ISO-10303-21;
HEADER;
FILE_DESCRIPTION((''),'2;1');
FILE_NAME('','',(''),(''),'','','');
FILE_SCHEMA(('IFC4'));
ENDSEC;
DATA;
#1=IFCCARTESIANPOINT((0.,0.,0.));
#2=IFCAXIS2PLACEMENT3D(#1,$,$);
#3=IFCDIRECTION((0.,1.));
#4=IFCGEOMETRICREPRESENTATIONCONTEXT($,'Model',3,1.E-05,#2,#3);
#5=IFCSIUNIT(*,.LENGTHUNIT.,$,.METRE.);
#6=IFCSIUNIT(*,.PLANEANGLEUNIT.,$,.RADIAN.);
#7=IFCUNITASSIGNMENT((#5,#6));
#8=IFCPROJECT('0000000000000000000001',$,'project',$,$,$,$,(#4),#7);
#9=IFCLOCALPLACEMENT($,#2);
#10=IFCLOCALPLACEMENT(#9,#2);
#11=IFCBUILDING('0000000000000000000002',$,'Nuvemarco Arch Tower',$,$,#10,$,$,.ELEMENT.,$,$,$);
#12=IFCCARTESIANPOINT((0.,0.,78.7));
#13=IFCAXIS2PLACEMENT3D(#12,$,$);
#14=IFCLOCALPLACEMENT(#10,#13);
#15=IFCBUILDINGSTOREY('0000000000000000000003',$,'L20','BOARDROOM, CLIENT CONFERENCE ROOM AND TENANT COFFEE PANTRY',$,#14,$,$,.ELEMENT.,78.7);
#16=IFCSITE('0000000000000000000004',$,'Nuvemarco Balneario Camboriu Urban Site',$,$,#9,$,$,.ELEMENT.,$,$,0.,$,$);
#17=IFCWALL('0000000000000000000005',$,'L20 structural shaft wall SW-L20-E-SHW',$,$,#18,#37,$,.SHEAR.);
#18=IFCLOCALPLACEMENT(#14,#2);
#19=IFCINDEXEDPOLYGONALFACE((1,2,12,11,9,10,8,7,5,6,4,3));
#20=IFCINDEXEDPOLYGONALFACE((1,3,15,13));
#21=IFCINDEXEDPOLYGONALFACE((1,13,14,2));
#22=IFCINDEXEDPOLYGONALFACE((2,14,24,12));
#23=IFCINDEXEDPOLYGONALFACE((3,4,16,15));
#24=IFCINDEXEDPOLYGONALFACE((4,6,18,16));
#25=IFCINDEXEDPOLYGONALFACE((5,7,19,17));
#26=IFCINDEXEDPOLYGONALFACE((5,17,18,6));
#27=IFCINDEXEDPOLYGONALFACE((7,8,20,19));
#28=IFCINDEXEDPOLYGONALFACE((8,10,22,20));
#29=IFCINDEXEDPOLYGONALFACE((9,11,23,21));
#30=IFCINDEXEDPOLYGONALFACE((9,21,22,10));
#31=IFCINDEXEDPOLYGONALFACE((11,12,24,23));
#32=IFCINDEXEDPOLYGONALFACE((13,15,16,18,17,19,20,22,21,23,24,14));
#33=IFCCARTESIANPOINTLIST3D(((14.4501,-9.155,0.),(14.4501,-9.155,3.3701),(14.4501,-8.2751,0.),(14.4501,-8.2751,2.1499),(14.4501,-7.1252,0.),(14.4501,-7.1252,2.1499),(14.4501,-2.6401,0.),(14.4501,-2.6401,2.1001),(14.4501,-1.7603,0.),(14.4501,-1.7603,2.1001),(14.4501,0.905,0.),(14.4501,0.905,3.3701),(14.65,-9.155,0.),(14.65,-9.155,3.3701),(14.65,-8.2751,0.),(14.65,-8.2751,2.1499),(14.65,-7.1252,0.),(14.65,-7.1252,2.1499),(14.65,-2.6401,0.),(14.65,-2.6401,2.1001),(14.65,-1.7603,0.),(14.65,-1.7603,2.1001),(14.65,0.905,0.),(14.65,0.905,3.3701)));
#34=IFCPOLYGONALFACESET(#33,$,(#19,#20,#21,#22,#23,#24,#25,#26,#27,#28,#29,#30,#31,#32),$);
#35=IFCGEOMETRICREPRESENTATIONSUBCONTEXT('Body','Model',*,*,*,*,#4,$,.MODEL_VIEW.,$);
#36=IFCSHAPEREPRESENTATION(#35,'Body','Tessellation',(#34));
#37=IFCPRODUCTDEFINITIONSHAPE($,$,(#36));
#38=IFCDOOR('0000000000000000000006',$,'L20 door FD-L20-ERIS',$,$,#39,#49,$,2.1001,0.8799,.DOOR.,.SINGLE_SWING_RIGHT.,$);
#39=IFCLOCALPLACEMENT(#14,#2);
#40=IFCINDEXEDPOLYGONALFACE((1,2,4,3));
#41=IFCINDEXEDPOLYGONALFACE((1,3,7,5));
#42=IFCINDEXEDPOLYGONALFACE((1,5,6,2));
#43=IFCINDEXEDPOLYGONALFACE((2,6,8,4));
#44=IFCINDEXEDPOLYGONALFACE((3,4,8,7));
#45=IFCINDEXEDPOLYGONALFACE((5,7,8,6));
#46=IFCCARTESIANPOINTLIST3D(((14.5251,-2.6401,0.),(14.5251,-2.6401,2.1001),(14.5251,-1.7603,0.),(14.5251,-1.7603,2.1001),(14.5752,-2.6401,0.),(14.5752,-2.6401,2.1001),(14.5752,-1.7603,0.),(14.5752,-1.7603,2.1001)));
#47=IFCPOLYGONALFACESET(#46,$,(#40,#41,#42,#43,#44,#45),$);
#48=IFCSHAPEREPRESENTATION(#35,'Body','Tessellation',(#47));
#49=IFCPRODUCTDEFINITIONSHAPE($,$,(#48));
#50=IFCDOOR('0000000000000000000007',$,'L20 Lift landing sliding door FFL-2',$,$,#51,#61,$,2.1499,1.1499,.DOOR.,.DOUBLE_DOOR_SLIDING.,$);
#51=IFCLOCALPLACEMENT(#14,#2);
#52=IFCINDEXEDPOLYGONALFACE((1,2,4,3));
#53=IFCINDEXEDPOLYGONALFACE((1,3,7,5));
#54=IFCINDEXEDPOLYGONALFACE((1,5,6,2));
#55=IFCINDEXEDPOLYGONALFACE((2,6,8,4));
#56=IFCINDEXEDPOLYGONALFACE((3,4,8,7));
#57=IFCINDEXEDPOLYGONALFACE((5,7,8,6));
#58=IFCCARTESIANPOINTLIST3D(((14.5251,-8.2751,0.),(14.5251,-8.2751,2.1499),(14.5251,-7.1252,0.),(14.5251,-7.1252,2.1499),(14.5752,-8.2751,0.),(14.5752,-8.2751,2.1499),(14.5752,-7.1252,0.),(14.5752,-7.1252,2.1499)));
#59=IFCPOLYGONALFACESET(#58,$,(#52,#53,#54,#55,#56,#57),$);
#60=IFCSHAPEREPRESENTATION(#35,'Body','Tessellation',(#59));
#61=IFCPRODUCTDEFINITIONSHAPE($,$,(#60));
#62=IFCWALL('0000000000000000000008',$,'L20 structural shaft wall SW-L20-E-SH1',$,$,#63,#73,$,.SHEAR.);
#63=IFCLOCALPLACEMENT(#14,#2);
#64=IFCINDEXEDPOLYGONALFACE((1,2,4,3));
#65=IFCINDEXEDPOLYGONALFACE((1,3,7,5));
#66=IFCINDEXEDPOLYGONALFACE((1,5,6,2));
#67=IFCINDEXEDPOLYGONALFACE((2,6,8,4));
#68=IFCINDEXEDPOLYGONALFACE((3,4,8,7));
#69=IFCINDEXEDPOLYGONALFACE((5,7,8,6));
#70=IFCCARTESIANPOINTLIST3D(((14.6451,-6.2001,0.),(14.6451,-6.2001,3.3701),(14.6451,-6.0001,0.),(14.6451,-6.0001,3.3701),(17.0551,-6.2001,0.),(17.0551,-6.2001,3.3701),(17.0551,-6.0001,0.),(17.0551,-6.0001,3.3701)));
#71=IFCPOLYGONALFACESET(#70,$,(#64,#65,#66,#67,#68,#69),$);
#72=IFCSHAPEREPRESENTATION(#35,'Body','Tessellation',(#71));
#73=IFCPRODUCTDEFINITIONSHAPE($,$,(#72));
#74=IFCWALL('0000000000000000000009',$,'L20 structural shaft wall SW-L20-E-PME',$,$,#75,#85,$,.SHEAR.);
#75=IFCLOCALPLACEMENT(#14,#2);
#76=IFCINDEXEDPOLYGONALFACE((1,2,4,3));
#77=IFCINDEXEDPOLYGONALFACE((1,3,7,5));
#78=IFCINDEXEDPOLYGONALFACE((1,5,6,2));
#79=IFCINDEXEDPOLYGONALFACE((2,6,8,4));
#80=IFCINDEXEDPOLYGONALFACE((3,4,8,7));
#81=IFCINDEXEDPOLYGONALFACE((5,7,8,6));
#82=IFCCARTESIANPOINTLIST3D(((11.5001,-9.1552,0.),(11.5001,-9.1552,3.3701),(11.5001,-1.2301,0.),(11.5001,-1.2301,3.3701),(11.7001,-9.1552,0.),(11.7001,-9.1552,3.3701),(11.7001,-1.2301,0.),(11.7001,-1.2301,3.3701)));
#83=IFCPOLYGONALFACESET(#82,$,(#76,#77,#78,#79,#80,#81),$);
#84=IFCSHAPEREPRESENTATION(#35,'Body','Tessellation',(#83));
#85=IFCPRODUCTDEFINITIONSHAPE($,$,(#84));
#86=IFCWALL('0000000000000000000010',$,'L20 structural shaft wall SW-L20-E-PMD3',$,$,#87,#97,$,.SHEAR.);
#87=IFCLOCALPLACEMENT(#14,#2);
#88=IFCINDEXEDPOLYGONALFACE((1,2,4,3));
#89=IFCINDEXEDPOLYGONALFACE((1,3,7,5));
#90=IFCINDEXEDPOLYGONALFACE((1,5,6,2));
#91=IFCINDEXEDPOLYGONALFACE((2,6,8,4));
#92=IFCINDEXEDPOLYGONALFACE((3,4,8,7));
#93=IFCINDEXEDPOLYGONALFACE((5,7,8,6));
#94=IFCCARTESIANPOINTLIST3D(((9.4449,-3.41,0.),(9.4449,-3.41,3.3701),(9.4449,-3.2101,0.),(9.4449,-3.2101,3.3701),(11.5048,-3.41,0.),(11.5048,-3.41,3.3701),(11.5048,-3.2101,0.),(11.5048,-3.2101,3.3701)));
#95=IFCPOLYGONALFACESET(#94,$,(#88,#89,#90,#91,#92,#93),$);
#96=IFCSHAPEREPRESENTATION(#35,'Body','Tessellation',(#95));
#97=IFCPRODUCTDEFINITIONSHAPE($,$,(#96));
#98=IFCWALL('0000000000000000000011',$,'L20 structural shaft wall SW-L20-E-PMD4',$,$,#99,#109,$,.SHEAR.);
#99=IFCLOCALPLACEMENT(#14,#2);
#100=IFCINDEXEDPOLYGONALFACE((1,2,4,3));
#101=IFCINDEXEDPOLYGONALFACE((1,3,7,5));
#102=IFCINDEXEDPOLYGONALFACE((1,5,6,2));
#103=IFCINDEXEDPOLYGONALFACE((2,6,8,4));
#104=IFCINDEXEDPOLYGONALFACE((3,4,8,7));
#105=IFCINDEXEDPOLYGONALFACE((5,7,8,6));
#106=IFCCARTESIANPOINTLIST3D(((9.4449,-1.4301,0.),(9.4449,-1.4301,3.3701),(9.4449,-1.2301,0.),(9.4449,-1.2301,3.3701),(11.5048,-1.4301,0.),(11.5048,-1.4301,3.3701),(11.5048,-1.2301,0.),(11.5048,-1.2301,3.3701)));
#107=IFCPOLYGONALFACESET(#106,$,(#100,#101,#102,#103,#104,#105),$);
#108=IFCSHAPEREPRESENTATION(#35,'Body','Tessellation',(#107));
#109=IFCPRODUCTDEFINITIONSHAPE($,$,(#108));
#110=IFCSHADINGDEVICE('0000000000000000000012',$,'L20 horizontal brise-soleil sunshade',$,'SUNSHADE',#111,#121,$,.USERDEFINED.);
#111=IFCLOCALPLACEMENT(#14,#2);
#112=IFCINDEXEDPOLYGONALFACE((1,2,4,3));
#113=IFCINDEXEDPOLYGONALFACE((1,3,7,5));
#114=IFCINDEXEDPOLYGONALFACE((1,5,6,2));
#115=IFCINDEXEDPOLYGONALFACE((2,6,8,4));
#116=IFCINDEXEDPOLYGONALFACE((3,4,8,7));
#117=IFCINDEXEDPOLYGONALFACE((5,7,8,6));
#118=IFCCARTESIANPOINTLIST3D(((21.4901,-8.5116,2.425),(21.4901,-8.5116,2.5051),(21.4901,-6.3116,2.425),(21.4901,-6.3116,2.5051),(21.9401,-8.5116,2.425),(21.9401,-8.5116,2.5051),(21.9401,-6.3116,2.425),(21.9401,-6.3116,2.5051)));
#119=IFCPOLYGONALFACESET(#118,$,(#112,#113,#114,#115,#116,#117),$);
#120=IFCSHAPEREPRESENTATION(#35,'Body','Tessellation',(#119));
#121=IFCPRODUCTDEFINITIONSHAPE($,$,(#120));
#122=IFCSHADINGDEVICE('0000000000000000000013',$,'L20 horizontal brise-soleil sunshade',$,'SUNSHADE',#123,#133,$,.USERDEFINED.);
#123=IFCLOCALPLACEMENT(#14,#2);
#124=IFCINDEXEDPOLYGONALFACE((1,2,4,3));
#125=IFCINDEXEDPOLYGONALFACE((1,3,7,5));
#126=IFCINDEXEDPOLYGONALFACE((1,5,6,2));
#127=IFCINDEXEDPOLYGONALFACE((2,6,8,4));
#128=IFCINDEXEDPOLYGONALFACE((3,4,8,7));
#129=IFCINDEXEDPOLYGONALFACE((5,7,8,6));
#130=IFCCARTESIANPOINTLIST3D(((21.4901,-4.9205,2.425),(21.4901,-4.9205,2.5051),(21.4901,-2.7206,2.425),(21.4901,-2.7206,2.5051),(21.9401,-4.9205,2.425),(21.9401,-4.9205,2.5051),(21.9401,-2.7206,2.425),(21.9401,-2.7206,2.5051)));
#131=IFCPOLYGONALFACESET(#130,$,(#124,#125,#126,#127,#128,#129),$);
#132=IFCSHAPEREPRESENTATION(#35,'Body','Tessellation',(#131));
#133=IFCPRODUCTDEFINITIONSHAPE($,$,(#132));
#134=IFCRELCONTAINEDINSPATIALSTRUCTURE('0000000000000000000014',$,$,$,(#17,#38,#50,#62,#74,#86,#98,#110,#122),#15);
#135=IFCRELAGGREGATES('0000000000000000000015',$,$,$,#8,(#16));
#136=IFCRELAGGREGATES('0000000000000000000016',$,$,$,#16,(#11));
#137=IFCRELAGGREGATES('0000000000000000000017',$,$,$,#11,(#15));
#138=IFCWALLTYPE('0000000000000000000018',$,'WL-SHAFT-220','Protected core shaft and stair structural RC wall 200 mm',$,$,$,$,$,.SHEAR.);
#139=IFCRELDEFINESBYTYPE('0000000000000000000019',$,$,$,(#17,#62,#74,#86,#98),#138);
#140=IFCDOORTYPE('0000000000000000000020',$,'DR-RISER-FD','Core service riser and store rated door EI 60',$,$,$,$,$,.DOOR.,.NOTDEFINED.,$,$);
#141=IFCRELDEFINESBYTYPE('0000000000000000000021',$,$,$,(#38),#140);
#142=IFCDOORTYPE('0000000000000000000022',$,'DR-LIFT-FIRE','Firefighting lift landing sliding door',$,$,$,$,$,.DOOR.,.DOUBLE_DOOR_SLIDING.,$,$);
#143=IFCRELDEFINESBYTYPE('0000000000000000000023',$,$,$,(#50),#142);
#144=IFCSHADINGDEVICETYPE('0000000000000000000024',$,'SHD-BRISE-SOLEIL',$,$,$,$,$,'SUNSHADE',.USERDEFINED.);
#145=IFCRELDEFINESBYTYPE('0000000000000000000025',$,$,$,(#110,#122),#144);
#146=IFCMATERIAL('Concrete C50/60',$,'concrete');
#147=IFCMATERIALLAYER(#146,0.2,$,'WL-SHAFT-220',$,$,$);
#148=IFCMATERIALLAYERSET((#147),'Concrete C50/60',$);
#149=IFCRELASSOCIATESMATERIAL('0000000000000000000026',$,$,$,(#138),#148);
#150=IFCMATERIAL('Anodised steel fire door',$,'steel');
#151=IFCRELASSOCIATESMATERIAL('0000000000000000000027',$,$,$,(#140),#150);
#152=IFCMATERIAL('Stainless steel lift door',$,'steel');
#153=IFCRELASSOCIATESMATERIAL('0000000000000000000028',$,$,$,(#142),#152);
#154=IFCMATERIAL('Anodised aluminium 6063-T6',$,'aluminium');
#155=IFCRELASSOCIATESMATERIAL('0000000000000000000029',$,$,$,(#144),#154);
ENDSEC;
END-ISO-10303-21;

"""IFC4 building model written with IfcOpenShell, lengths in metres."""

from ifc_helpers import new_model, si_unit, direction, frame, frame_2d, origin, origin_2d, place, context, subcontext, project, spatial, rectangle, extrude, source, transform, mapped, material, layer, layer_set, type_object, type_shapes, element, fill, save


model = new_model("IFC4")

# Units and contexts
model_context = context("Model", 3, precision=1e-05, world=origin(), true_north=direction((0.0, 1.0)))
body_context = subcontext(model_context, "Body", "Model", "MODEL_VIEW")
ifc_project = project(units=[si_unit("LENGTHUNIT", "METRE"), si_unit("PLANEANGLEUNIT", "RADIAN")], contexts=[model_context])

# Site, building, storey
site_placement = place(None, origin())
site = spatial("IfcSite", under=ifc_project, at=site_placement, Name="Nuvemarco Balneario Camboriu Urban Site", CompositionType="ELEMENT", RefElevation=0.0)
building_placement = place(site_placement, origin())
building = spatial("IfcBuilding", under=site, at=building_placement, Name="Nuvemarco Arch Tower", CompositionType="ELEMENT")
storey_placement = place(building_placement, frame((0.0, 0.0, 78.7)))
storey = spatial("IfcBuildingStorey", under=building, at=storey_placement, Name="L20", Description="BOARDROOM, CLIENT CONFERENCE ROOM AND TENANT COFFEE PANTRY", CompositionType="ELEMENT", Elevation=78.7)

# Wall, openings, doors
ifc_material_1 = material(Name="Concrete C50/60", Category="concrete")
ifc_layer_1 = layer(ifc_material_1, 0.2, Name="WL-SHAFT-220")
ifc_layer_set_1 = layer_set([ifc_layer_1], Name="Concrete C50/60")
wall_type_1 = type_object("IfcWallType", Name="WL-SHAFT-220", Description="Protected core shaft and stair structural RC wall 200 mm", PredefinedType="SHEAR", material=ifc_layer_set_1)
wall_1_placement = place(storey_placement, frame((14.55, -9.155, 0.0), z_axis=(0.0, 0.0, 1.0), x_axis=(0.0, 1.0, 0.0)))
wall_1 = element("IfcWall", 1, at=wall_1_placement, inside=storey, type_object=wall_type_1, Name="L20 structural shaft wall SW-L20-E-SHW", PredefinedType="SHEAR", context=body_context, shape_type="SweptSolid", body=[
    extrude(rectangle(XDim=10.0601, YDim=0.2, at=frame_2d((5.03, 0.0))), origin(), (0.0, 0.0, 1.0), 3.3701),
])
opening_1_placement = place(wall_1_placement, frame((6.5149, 0.0, 0.0)))
opening_1 = element("IfcOpeningElement", 2, at=opening_1_placement, cuts=wall_1, PredefinedType="OPENING", context=body_context, shape_type="SweptSolid", body=[
    extrude(rectangle(XDim=0.8799, YDim=2.1001, at=frame_2d((0.4399, 1.05))), frame((0.0, 0.1099, 0.0), z_axis=(0.0, -1.0, 0.0), x_axis=(1.0, 0.0, 0.0)), (0.0, 0.0, 1.0), 0.22),
])
opening_2_placement = place(wall_1_placement, frame((0.8799, 0.0, 0.0)))
opening_2 = element("IfcOpeningElement", 3, at=opening_2_placement, cuts=wall_1, PredefinedType="OPENING", context=body_context, shape_type="SweptSolid", body=[
    extrude(rectangle(XDim=1.1499, YDim=2.1499, at=frame_2d((0.575, 1.075))), frame((0.0, 0.1099, 0.0), z_axis=(0.0, -1.0, 0.0), x_axis=(1.0, 0.0, 0.0)), (0.0, 0.0, 1.0), 0.22),
])
ifc_material_2 = material(Name="Anodised steel fire door", Category="steel")
door_type_1 = type_object("IfcDoorType", Name="DR-RISER-FD", Description="Core service riser and store rated door EI 60", OperationType="NOTDEFINED", PredefinedType="DOOR", material=ifc_material_2)
shared_shape_1 = source(origin(), body_context, "Body", "SweptSolid", [
    extrude(rectangle(XDim=0.8799, YDim=2.1001, at=frame_2d((0.4399, 1.05))), frame((0.0, 0.0249, 0.0), z_axis=(0.0, -1.0, 0.0), x_axis=(1.0, 0.0, 0.0)), (0.0, 0.0, 1.0), 0.05),
])
type_shapes(door_type_1, [shared_shape_1])
door_1_placement = place(opening_1_placement, origin())
door_1 = element("IfcDoor", 4, at=door_1_placement, inside=storey, type_object=door_type_1, Name="L20 door FD-L20-ERIS", OperationType="SINGLE_SWING_RIGHT", OverallHeight=2.1001, OverallWidth=0.8799, PredefinedType="DOOR", context=body_context, shape_type="MappedRepresentation", body=[
    mapped(shared_shape_1, transform((0.0, 0.0, 0.0), scale=1.0)),
])
fill(opening_1, door_1)
ifc_material_3 = material(Name="Stainless steel lift door", Category="steel")
door_type_2 = type_object("IfcDoorType", Name="DR-LIFT-FIRE", Description="Firefighting lift landing sliding door", OperationType="DOUBLE_DOOR_SLIDING", PredefinedType="DOOR", material=ifc_material_3)
shared_shape_2 = source(origin(), body_context, "Body", "SweptSolid", [
    extrude(rectangle(XDim=1.1499, YDim=2.1499, at=frame_2d((0.575, 1.075))), frame((0.0, 0.0249, 0.0), z_axis=(0.0, -1.0, 0.0), x_axis=(1.0, 0.0, 0.0)), (0.0, 0.0, 1.0), 0.05),
])
type_shapes(door_type_2, [shared_shape_2])
door_2_placement = place(opening_2_placement, origin())
door_2 = element("IfcDoor", 5, at=door_2_placement, inside=storey, type_object=door_type_2, Name="L20 Lift landing sliding door FFL-2", OperationType="DOUBLE_DOOR_SLIDING", OverallHeight=2.1499, OverallWidth=1.1499, PredefinedType="DOOR", context=body_context, shape_type="MappedRepresentation", body=[
    mapped(shared_shape_2, transform((0.0, 0.0, 0.0), scale=1.0)),
])
fill(opening_2, door_2)

# Walls
wall_2_placement = place(storey_placement, frame((14.645, -6.1001, 0.0), z_axis=(0.0, 0.0, 1.0), x_axis=(1.0, 0.0, 0.0)))
element("IfcWall", 6, at=wall_2_placement, inside=storey, type_object=wall_type_1, Name="L20 structural shaft wall SW-L20-E-SH1", PredefinedType="SHEAR", context=body_context, shape_type="SweptSolid", body=[
    extrude(rectangle(XDim=2.4099, YDim=0.2, at=frame_2d((1.2051, 0.0))), origin(), (0.0, 0.0, 1.0), 3.3701),
])
wall_3_placement = place(storey_placement, frame((11.6001, -9.155, 0.0), z_axis=(0.0, 0.0, 1.0), x_axis=(0.0, 1.0, 0.0)))
element("IfcWall", 7, at=wall_3_placement, inside=storey, type_object=wall_type_1, Name="L20 structural shaft wall SW-L20-E-PME", PredefinedType="SHEAR", context=body_context, shape_type="SweptSolid", body=[
    extrude(rectangle(XDim=7.925, YDim=0.2, at=frame_2d((3.9624, 0.0))), origin(), (0.0, 0.0, 1.0), 3.3701),
])

# Walls
for number, where, z_axis, x_axis, name in (
    (8, (9.4451, -3.3101, 0.0), (0.0, 0.0, 1.0), (1.0, 0.0, 0.0), "L20 structural shaft wall SW-L20-E-PMD3"),
    (9, (9.4451, -1.3301, 0.0), (0.0, 0.0, 1.0), (1.0, 0.0, 0.0), "L20 structural shaft wall SW-L20-E-PMD4"),
):
    element("IfcWall", number, at=place(storey_placement, frame(where, z_axis=z_axis, x_axis=x_axis)), inside=storey, type_object=wall_type_1, Name=name, PredefinedType="SHEAR", context=body_context, shape_type="SweptSolid", body=[
        extrude(rectangle(XDim=2.0598, YDim=0.2, at=frame_2d((1.0298, 0.0))), origin(), (0.0, 0.0, 1.0), 3.3701),
    ])

# Shading devices
ifc_material_4 = material(Name="Anodised aluminium 6063-T6", Category="aluminium")
shading_device_type = type_object("IfcShadingDeviceType", Name="SHD-BRISE-SOLEIL", ElementType="SUNSHADE", PredefinedType="USERDEFINED", material=ifc_material_4)
shared_shape_3 = source(origin(), body_context, "Body", "SweptSolid", [
    extrude(rectangle(XDim=2.2, YDim=0.45, at=origin_2d()), origin(), (0.0, 0.0, 1.0), 0.0801),
])
type_shapes(shading_device_type, [shared_shape_3])
for number, where, z_axis, x_axis, name in (
    (10, (21.7151, -7.4116, 2.425), (0.0, 0.0, 1.0), (0.0, 1.0, 0.0), "L20 horizontal brise-soleil sunshade"),
    (11, (21.7151, -3.8206, 2.425), (0.0, 0.0, 1.0), (0.0, 1.0, 0.0), "L20 horizontal brise-soleil sunshade"),
):
    element("IfcShadingDevice", number, at=place(storey_placement, frame(where, z_axis=z_axis, x_axis=x_axis)), inside=storey, type_object=shading_device_type, Name=name, ObjectType="SUNSHADE", PredefinedType="USERDEFINED", context=body_context, shape_type="MappedRepresentation", body=[
        mapped(shared_shape_3, transform((0.0, 0.0, 0.0), scale=1.0)),
    ])

save(model, "model.ifc")
